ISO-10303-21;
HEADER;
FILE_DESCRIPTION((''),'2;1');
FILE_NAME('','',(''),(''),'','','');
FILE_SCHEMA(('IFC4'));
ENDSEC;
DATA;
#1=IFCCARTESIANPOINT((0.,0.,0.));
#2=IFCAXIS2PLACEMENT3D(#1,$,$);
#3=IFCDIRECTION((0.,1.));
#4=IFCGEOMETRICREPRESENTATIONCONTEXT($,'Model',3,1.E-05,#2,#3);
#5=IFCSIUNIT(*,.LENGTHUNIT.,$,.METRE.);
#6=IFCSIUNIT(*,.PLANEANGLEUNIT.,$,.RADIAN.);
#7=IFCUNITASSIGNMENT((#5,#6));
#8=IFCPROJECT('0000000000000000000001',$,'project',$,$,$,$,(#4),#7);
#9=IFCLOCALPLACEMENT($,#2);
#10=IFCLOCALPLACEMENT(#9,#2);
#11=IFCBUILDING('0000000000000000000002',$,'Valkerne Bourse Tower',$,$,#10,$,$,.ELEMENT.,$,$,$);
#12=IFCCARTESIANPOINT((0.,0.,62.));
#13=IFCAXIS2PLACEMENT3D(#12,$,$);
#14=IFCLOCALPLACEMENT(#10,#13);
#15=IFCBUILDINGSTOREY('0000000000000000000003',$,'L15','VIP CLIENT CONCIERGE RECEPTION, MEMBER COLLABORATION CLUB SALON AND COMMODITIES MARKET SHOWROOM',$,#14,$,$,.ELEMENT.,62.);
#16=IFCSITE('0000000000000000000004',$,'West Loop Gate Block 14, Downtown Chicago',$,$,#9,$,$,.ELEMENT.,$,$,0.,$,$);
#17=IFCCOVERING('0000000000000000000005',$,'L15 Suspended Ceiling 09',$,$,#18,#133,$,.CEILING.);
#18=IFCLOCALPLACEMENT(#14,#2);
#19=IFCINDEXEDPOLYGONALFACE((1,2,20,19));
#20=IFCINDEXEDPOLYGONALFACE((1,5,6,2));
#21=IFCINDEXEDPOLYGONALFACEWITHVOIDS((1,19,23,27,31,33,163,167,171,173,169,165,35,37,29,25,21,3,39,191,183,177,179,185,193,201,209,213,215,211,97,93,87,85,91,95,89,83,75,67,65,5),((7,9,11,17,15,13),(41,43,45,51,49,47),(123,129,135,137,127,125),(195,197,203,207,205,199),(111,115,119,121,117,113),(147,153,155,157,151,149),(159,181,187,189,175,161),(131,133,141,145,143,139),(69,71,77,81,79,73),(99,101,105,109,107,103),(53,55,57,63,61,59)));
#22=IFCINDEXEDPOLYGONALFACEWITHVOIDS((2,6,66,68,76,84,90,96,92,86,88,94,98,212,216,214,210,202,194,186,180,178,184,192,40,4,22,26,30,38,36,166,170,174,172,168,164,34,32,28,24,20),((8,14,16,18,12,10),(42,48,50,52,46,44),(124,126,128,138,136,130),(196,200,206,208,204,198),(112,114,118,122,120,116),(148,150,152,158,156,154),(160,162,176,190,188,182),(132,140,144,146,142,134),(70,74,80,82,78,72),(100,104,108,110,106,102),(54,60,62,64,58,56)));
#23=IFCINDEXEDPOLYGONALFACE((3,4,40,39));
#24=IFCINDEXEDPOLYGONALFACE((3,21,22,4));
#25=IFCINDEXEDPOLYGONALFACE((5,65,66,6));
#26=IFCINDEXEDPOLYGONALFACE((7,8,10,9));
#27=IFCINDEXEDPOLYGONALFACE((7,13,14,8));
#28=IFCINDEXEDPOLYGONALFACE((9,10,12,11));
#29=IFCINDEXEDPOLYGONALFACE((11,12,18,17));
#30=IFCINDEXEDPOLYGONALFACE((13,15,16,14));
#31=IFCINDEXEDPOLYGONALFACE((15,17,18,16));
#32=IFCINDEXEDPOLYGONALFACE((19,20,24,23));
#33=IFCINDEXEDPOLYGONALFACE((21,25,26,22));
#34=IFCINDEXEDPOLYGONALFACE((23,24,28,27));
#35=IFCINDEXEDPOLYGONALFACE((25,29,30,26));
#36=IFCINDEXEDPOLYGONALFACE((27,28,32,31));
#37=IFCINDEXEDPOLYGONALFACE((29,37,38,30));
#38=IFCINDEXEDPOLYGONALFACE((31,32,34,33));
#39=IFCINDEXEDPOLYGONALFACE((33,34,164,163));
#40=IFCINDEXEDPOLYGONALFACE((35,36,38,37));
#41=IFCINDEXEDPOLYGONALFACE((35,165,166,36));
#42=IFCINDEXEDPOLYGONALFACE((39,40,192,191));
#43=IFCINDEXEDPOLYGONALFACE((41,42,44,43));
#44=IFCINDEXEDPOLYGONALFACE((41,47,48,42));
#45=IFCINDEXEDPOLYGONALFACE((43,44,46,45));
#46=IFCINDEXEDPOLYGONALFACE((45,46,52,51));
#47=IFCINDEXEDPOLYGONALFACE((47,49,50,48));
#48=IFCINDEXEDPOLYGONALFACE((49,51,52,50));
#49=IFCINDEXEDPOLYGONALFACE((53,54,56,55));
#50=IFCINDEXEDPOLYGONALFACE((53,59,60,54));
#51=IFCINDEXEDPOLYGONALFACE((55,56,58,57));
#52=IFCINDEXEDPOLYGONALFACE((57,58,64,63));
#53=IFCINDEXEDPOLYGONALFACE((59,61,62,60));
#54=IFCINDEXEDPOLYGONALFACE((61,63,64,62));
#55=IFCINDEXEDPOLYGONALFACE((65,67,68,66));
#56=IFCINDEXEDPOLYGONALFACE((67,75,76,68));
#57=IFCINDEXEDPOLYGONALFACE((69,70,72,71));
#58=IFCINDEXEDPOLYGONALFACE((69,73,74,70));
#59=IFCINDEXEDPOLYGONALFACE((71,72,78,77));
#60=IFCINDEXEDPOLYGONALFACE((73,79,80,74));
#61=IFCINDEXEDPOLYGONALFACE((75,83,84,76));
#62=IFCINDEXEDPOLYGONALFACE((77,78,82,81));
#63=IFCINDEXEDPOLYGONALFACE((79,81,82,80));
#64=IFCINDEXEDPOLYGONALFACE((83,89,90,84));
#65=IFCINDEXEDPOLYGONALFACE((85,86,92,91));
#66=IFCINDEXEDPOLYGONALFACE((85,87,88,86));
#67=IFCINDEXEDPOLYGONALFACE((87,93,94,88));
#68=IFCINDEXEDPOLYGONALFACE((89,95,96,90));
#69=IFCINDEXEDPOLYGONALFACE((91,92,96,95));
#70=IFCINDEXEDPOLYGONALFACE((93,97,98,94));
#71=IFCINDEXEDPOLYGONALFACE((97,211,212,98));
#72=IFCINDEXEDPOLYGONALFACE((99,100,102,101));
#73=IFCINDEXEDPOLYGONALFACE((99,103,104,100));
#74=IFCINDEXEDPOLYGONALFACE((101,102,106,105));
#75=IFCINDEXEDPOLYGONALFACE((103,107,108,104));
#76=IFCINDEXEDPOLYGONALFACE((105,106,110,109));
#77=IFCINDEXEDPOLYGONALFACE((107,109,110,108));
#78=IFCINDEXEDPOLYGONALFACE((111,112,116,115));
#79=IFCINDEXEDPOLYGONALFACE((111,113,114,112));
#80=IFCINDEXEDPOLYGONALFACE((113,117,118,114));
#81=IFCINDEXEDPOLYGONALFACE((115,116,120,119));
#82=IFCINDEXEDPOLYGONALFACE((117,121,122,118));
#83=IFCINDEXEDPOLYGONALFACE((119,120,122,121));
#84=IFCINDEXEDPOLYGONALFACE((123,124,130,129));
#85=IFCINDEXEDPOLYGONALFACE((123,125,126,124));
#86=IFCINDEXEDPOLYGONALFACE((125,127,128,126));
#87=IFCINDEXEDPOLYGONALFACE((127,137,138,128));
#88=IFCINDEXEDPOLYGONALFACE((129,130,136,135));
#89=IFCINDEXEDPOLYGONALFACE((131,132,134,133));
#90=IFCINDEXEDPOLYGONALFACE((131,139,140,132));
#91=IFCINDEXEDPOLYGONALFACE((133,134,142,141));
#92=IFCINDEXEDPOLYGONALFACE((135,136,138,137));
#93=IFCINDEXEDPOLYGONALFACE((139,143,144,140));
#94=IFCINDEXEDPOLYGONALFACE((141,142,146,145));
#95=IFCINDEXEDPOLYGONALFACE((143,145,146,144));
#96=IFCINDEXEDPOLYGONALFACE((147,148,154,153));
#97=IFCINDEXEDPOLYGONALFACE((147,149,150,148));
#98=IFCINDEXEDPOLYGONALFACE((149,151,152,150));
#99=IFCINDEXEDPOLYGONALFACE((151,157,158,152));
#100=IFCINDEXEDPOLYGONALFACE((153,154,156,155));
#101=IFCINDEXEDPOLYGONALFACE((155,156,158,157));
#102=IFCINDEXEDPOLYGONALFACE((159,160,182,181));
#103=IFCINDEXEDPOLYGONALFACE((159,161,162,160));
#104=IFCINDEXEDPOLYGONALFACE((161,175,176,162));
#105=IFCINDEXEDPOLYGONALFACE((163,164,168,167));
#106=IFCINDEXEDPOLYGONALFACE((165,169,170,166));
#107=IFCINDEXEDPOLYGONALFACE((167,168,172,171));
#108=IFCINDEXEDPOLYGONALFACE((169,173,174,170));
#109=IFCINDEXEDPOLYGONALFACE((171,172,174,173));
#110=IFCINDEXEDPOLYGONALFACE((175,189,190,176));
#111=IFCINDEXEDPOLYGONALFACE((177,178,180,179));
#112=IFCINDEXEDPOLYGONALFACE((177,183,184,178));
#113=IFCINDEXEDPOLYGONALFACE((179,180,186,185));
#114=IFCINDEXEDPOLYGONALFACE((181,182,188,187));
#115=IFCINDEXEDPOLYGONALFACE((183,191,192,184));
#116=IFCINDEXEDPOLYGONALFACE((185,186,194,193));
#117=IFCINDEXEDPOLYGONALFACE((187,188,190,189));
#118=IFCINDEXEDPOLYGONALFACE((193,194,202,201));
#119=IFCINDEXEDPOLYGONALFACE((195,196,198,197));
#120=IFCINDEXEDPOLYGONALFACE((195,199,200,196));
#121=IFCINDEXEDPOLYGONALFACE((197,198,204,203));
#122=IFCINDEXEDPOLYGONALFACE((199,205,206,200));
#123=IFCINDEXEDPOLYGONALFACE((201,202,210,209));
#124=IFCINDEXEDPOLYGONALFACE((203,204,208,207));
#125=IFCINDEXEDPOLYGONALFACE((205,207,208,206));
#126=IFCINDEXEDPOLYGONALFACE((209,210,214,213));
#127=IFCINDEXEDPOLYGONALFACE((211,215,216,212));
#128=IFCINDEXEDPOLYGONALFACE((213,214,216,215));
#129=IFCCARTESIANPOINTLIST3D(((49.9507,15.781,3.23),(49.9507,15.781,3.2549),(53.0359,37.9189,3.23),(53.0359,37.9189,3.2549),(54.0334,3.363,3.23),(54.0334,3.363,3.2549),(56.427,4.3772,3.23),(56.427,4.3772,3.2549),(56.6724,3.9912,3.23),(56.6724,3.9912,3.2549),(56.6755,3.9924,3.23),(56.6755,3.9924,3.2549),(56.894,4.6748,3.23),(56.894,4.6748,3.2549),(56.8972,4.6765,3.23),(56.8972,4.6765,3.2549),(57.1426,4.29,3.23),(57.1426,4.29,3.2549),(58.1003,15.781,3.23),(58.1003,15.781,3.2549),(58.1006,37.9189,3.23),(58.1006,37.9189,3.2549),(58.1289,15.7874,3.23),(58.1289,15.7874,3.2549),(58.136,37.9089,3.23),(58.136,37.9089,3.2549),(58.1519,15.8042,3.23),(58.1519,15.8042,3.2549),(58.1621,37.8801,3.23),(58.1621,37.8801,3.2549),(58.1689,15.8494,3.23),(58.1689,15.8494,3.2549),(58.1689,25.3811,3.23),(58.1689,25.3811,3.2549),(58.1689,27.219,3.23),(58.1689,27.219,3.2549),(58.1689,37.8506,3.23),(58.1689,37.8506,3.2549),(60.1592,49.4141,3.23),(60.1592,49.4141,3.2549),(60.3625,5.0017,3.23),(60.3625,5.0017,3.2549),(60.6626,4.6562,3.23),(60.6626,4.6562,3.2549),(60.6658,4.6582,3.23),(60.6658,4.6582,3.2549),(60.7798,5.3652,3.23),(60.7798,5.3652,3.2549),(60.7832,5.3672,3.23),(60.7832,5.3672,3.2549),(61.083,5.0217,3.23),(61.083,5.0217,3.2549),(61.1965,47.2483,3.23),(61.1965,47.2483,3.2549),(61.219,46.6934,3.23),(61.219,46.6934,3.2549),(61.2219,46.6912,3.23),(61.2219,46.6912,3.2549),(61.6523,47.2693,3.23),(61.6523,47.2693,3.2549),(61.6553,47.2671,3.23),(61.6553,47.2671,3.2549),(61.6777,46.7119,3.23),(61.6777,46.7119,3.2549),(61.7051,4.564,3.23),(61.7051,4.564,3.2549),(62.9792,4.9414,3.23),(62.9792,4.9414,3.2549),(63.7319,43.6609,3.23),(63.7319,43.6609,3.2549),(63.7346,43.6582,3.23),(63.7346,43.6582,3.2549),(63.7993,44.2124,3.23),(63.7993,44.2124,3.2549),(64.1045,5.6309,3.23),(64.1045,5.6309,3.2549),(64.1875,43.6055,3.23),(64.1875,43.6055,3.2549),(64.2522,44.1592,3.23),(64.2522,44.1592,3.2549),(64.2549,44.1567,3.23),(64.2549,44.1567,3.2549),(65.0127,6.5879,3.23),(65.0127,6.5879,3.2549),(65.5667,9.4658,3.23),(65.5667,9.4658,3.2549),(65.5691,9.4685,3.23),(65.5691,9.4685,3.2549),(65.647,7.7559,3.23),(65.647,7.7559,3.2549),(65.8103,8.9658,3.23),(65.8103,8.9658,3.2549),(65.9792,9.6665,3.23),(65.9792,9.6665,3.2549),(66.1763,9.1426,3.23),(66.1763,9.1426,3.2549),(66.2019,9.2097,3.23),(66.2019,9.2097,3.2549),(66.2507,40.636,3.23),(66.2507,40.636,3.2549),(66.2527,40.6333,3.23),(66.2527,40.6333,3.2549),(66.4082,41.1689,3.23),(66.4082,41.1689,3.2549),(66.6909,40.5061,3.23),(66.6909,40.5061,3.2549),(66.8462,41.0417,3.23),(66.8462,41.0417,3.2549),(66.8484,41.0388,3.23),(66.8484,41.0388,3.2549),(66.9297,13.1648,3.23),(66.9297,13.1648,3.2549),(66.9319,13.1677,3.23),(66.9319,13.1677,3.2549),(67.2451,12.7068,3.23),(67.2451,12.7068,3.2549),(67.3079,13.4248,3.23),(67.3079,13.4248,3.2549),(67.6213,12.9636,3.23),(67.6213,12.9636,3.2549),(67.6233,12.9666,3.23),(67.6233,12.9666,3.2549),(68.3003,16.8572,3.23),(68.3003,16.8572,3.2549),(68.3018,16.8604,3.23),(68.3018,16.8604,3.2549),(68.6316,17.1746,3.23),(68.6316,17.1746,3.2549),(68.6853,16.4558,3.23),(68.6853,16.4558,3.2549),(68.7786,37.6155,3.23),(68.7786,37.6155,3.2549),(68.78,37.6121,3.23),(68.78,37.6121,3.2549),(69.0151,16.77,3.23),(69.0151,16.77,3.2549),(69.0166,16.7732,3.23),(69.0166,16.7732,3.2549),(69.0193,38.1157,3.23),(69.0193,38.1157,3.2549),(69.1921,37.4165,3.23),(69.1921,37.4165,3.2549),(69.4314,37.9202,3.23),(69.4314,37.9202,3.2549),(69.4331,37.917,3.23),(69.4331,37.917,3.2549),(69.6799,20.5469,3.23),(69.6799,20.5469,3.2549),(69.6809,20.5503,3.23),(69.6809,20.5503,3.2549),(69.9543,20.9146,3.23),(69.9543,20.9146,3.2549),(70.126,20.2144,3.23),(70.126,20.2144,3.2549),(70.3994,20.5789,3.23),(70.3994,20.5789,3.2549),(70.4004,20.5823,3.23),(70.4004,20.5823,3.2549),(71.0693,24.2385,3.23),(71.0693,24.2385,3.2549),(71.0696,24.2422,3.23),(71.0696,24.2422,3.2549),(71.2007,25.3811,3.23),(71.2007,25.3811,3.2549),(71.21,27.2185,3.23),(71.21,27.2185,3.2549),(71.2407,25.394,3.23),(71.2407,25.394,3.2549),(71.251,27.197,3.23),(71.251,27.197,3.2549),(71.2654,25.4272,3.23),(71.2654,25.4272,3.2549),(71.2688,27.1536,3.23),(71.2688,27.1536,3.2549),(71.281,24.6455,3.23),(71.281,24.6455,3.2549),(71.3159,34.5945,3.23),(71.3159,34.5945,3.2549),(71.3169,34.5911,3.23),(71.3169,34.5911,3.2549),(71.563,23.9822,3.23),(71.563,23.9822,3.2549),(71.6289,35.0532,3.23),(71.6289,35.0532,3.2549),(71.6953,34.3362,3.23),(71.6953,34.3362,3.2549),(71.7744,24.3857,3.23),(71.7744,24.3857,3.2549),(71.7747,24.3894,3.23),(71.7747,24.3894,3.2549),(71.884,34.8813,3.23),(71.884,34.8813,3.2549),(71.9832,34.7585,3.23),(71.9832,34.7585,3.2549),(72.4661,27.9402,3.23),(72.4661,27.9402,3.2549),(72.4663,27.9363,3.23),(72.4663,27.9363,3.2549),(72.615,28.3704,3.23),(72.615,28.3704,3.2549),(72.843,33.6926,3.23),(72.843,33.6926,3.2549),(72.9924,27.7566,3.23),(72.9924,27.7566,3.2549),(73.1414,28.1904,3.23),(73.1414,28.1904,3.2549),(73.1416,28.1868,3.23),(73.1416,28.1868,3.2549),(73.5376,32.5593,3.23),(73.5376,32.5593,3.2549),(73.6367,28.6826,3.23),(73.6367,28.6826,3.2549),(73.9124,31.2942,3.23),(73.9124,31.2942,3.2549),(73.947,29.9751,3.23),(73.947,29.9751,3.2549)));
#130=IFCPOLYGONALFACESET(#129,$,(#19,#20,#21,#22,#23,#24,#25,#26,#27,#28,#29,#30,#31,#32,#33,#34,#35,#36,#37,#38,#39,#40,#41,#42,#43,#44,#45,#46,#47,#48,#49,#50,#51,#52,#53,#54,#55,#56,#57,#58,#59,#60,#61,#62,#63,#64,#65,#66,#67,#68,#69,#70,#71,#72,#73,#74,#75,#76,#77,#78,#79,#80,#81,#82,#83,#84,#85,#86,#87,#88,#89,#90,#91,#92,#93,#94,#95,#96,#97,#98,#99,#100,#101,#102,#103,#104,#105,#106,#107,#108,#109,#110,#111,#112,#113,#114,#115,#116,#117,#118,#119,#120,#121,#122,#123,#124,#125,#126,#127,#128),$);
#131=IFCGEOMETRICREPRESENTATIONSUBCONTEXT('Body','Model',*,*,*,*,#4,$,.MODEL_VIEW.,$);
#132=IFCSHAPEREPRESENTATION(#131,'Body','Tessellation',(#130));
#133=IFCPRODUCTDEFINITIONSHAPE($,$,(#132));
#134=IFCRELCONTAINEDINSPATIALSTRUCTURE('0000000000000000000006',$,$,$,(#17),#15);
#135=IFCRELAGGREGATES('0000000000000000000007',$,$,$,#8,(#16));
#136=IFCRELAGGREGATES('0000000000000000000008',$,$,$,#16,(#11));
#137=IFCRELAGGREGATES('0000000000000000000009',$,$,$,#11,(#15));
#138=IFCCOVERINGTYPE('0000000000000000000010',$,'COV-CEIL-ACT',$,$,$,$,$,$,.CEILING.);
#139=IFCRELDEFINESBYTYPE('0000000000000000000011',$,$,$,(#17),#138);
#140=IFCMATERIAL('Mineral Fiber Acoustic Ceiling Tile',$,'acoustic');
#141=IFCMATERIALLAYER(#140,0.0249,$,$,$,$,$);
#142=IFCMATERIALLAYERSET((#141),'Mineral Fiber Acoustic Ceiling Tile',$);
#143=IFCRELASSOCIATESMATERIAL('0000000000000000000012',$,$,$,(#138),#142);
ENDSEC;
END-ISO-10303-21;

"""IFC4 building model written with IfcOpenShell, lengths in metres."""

from ifc_helpers import new_model, si_unit, direction, frame, origin, place, context, subcontext, project, spatial, polyline, outline, extrude, material, layer, layer_set, type_object, element, save


model = new_model("IFC4")

# Units and contexts
model_context = context("Model", 3, precision=1e-05, world=origin(), true_north=direction((0.0, 1.0)))
body_context = subcontext(model_context, "Body", "Model", "MODEL_VIEW")
ifc_project = project(units=[si_unit("LENGTHUNIT", "METRE"), si_unit("PLANEANGLEUNIT", "RADIAN")], contexts=[model_context])

# Site, building, storey
site_placement = place(None, origin())
site = spatial("IfcSite", under=ifc_project, at=site_placement, Name="West Loop Gate Block 14, Downtown Chicago", CompositionType="ELEMENT", RefElevation=0.0)
building_placement = place(site_placement, origin())
building = spatial("IfcBuilding", under=site, at=building_placement, Name="Valkerne Bourse Tower", CompositionType="ELEMENT")
storey_placement = place(building_placement, frame((0.0, 0.0, 62.0)))
storey = spatial("IfcBuildingStorey", under=building, at=storey_placement, Name="L15", Description="VIP CLIENT CONCIERGE RECEPTION, MEMBER COLLABORATION CLUB SALON AND COMMODITIES MARKET SHOWROOM", CompositionType="ELEMENT", Elevation=62.0)

# Covering
ifc_material_1 = material(Name="Mineral Fiber Acoustic Ceiling Tile", Category="acoustic")
ifc_layer_1 = layer(ifc_material_1, 0.0249)
ifc_layer_set_1 = layer_set([ifc_layer_1], Name="Mineral Fiber Acoustic Ceiling Tile")
covering_type_1 = type_object("IfcCoveringType", Name="COV-CEIL-ACT", PredefinedType="CEILING", material=ifc_layer_set_1)
covering_1_placement = place(storey_placement, frame((0.0, 0.0, 3.23)))
element("IfcCovering", 1, at=covering_1_placement, inside=storey, type_object=covering_type_1, Name="L15 Suspended Ceiling 09", PredefinedType="CEILING", context=body_context, shape_type="SweptSolid", body=[
    extrude(outline(polyline([(62.9792, 4.9414), (61.7051, 4.564), (54.0334, 3.363), (49.9507, 15.781), (58.1003, 15.781), (58.1289, 15.7874), (58.1519, 15.8042), (58.1689, 15.8494), (58.1689, 25.3811), (71.2007, 25.3811), (71.2407, 25.394), (71.2654, 25.4272), (71.2688, 27.1536), (71.251, 27.197), (71.21, 27.2185), (58.1689, 27.219), (58.1689, 37.8506), (58.1621, 37.8801), (58.136, 37.9089), (58.1006, 37.9189), (53.0359, 37.9189), (60.1592, 49.4141), (71.884, 34.8813), (71.6289, 35.0532), (71.3159, 34.5945), (71.3169, 34.5911), (71.6953, 34.3362), (71.9832, 34.7585), (72.843, 33.6926), (73.5376, 32.5593), (73.9124, 31.2942), (73.947, 29.9751), (73.6367, 28.6826), (66.2019, 9.2097), (65.9792, 9.6665), (65.5691, 9.4685), (65.5667, 9.4658), (65.8103, 8.9658), (66.1763, 9.1426), (65.647, 7.7559), (65.0127, 6.5879), (64.1045, 5.6309), (62.9792, 4.9414)]), holes=[polyline([(57.1426, 4.29), (56.8972, 4.6765), (56.894, 4.6748), (56.427, 4.3772), (56.6724, 3.9912), (56.6755, 3.9924), (57.1426, 4.29)]), polyline([(60.6658, 4.6582), (61.083, 5.0217), (60.7832, 5.3672), (60.7798, 5.3652), (60.3625, 5.0017), (60.6626, 4.6562), (60.6658, 4.6582)]), polyline([(67.6233, 12.9666), (67.3079, 13.4248), (66.9319, 13.1677), (66.9297, 13.1648), (67.2451, 12.7068), (67.6213, 12.9636), (67.6233, 12.9666)]), polyline([(69.0151, 16.77), (69.0166, 16.7732), (68.6316, 17.1746), (68.3018, 16.8604), (68.3003, 16.8572), (68.6853, 16.4558), (69.0151, 16.77)]), polyline([(70.3994, 20.5789), (70.4004, 20.5823), (69.9543, 20.9146), (69.6809, 20.5503), (69.6799, 20.5469), (70.126, 20.2144), (70.3994, 20.5789)]), polyline([(71.7747, 24.3894), (71.281, 24.6455), (71.0696, 24.2422), (71.0693, 24.2385), (71.563, 23.9822), (71.7744, 24.3857), (71.7747, 24.3894)]), polyline([(73.1416, 28.1868), (73.1414, 28.1904), (72.615, 28.3704), (72.4661, 27.9402), (72.4663, 27.9363), (72.9924, 27.7566), (73.1416, 28.1868)]), polyline([(69.4314, 37.9202), (69.0193, 38.1157), (68.7786, 37.6155), (68.78, 37.6121), (69.1921, 37.4165), (69.4331, 37.917), (69.4314, 37.9202)]), polyline([(66.8484, 41.0388), (66.8462, 41.0417), (66.4082, 41.1689), (66.2507, 40.636), (66.2527, 40.6333), (66.6909, 40.5061), (66.8484, 41.0388)]), polyline([(64.2549, 44.1567), (64.2522, 44.1592), (63.7993, 44.2124), (63.7319, 43.6609), (63.7346, 43.6582), (64.1875, 43.6055), (64.2549, 44.1567)]), polyline([(61.6553, 47.2671), (61.6523, 47.2693), (61.1965, 47.2483), (61.219, 46.6934), (61.2219, 46.6912), (61.6777, 46.7119), (61.6553, 47.2671)])]), origin(), (0.0, 0.0, 1.0), 0.0249),
])

save(model, "model.ifc")
